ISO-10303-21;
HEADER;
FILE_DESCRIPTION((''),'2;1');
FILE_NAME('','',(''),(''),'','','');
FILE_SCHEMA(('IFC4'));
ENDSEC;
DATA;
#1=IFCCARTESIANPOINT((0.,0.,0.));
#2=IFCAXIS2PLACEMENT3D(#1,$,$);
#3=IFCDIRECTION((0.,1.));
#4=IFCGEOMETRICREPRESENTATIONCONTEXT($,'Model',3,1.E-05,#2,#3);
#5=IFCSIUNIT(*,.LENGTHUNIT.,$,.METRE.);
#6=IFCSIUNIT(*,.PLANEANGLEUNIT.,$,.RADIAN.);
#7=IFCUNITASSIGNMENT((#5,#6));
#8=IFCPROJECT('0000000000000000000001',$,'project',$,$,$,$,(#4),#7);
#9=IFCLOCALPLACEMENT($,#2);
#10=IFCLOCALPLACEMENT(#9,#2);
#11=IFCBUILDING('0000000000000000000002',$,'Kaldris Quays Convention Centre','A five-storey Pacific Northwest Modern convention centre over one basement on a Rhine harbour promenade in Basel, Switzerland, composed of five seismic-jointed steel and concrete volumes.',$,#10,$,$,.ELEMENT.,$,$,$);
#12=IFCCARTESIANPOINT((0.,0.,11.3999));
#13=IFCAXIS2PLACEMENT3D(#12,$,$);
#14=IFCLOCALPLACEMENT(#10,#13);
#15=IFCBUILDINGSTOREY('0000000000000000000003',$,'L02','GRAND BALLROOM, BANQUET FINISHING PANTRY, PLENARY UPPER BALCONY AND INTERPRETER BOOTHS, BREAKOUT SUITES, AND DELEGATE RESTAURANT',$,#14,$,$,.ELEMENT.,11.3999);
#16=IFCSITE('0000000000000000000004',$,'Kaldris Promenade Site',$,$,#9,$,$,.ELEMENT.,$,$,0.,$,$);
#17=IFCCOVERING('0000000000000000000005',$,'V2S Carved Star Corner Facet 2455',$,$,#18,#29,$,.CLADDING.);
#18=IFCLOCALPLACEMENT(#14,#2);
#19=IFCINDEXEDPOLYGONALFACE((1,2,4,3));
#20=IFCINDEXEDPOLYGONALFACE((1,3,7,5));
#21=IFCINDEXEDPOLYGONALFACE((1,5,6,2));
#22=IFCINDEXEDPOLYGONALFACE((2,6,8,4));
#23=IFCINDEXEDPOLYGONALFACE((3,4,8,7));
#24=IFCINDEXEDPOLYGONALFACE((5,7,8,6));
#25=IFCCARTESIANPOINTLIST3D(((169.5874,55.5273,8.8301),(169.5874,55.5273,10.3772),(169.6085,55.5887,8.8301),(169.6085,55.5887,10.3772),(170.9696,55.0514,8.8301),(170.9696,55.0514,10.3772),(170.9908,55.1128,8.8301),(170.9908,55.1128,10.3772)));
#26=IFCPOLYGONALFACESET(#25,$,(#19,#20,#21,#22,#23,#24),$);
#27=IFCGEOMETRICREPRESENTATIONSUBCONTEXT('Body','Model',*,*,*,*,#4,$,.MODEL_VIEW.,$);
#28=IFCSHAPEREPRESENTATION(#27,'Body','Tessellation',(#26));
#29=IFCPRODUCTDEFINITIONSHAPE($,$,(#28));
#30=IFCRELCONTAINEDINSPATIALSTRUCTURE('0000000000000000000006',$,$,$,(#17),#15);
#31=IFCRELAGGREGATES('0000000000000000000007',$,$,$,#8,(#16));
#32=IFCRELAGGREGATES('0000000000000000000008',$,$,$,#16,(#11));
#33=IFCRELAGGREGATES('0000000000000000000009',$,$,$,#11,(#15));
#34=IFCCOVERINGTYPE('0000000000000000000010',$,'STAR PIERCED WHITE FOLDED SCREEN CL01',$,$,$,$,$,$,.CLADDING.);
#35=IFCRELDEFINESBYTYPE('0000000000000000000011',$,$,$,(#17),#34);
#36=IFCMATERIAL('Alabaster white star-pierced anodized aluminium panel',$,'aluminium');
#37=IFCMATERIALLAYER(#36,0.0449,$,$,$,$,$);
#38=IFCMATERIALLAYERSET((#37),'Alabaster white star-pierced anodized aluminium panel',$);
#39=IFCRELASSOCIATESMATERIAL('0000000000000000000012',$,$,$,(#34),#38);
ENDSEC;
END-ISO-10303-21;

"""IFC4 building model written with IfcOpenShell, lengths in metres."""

from ifc_helpers import new_model, si_unit, direction, frame, origin, origin_2d, place, context, subcontext, project, spatial, rectangle, extrude, material, layer, layer_set, type_object, element, save


model = new_model("IFC4")

# Units and contexts
model_context = context("Model", 3, precision=1e-05, world=origin(), true_north=direction((0.0, 1.0)))
body_context = subcontext(model_context, "Body", "Model", "MODEL_VIEW")
ifc_project = project(units=[si_unit("LENGTHUNIT", "METRE"), si_unit("PLANEANGLEUNIT", "RADIAN")], contexts=[model_context])

# Site, building, storey
site_placement = place(None, origin())
site = spatial("IfcSite", under=ifc_project, at=site_placement, Name="Kaldris Promenade Site", CompositionType="ELEMENT", RefElevation=0.0)
building_placement = place(site_placement, origin())
building = spatial("IfcBuilding", under=site, at=building_placement, Name="Kaldris Quays Convention Centre", Description="A five-storey Pacific Northwest Modern convention centre over one basement on a Rhine harbour promenade in Basel, Switzerland, composed of five seismic-jointed steel and concrete volumes.", CompositionType="ELEMENT")
storey_placement = place(building_placement, frame((0.0, 0.0, 11.3999)))
storey = spatial("IfcBuildingStorey", under=building, at=storey_placement, Name="L02", Description="GRAND BALLROOM, BANQUET FINISHING PANTRY, PLENARY UPPER BALCONY AND INTERPRETER BOOTHS, BREAKOUT SUITES, AND DELEGATE RESTAURANT", CompositionType="ELEMENT", Elevation=11.3999)

# Covering
ifc_material_1 = material(Name="Alabaster white star-pierced anodized aluminium panel", Category="aluminium")
ifc_layer = layer(ifc_material_1, 0.0449)
ifc_layer_set = layer_set([ifc_layer], Name="Alabaster white star-pierced anodized aluminium panel")
covering_type = type_object("IfcCoveringType", Name="STAR PIERCED WHITE FOLDED SCREEN CL01", PredefinedType="CLADDING", material=ifc_layer_set)
for number, where, z_axis, x_axis, name in (
    (1, (170.2891, 55.3201, 8.8301), (0.0, 0.0, 1.0), (0.945519, -0.325568, 0.0), "V2S Carved Star Corner Facet 2455"),
):
    element("IfcCovering", number, at=place(storey_placement, frame(where, z_axis=z_axis, x_axis=x_axis)), inside=storey, type_object=covering_type, Name=name, PredefinedType="CLADDING", context=body_context, shape_type="SweptSolid", body=[
        extrude(rectangle(XDim=1.4619, YDim=0.0649, at=origin_2d()), origin(), (0.0, 0.0, 1.0), 1.5471),
    ])

save(model, "model.ifc")
